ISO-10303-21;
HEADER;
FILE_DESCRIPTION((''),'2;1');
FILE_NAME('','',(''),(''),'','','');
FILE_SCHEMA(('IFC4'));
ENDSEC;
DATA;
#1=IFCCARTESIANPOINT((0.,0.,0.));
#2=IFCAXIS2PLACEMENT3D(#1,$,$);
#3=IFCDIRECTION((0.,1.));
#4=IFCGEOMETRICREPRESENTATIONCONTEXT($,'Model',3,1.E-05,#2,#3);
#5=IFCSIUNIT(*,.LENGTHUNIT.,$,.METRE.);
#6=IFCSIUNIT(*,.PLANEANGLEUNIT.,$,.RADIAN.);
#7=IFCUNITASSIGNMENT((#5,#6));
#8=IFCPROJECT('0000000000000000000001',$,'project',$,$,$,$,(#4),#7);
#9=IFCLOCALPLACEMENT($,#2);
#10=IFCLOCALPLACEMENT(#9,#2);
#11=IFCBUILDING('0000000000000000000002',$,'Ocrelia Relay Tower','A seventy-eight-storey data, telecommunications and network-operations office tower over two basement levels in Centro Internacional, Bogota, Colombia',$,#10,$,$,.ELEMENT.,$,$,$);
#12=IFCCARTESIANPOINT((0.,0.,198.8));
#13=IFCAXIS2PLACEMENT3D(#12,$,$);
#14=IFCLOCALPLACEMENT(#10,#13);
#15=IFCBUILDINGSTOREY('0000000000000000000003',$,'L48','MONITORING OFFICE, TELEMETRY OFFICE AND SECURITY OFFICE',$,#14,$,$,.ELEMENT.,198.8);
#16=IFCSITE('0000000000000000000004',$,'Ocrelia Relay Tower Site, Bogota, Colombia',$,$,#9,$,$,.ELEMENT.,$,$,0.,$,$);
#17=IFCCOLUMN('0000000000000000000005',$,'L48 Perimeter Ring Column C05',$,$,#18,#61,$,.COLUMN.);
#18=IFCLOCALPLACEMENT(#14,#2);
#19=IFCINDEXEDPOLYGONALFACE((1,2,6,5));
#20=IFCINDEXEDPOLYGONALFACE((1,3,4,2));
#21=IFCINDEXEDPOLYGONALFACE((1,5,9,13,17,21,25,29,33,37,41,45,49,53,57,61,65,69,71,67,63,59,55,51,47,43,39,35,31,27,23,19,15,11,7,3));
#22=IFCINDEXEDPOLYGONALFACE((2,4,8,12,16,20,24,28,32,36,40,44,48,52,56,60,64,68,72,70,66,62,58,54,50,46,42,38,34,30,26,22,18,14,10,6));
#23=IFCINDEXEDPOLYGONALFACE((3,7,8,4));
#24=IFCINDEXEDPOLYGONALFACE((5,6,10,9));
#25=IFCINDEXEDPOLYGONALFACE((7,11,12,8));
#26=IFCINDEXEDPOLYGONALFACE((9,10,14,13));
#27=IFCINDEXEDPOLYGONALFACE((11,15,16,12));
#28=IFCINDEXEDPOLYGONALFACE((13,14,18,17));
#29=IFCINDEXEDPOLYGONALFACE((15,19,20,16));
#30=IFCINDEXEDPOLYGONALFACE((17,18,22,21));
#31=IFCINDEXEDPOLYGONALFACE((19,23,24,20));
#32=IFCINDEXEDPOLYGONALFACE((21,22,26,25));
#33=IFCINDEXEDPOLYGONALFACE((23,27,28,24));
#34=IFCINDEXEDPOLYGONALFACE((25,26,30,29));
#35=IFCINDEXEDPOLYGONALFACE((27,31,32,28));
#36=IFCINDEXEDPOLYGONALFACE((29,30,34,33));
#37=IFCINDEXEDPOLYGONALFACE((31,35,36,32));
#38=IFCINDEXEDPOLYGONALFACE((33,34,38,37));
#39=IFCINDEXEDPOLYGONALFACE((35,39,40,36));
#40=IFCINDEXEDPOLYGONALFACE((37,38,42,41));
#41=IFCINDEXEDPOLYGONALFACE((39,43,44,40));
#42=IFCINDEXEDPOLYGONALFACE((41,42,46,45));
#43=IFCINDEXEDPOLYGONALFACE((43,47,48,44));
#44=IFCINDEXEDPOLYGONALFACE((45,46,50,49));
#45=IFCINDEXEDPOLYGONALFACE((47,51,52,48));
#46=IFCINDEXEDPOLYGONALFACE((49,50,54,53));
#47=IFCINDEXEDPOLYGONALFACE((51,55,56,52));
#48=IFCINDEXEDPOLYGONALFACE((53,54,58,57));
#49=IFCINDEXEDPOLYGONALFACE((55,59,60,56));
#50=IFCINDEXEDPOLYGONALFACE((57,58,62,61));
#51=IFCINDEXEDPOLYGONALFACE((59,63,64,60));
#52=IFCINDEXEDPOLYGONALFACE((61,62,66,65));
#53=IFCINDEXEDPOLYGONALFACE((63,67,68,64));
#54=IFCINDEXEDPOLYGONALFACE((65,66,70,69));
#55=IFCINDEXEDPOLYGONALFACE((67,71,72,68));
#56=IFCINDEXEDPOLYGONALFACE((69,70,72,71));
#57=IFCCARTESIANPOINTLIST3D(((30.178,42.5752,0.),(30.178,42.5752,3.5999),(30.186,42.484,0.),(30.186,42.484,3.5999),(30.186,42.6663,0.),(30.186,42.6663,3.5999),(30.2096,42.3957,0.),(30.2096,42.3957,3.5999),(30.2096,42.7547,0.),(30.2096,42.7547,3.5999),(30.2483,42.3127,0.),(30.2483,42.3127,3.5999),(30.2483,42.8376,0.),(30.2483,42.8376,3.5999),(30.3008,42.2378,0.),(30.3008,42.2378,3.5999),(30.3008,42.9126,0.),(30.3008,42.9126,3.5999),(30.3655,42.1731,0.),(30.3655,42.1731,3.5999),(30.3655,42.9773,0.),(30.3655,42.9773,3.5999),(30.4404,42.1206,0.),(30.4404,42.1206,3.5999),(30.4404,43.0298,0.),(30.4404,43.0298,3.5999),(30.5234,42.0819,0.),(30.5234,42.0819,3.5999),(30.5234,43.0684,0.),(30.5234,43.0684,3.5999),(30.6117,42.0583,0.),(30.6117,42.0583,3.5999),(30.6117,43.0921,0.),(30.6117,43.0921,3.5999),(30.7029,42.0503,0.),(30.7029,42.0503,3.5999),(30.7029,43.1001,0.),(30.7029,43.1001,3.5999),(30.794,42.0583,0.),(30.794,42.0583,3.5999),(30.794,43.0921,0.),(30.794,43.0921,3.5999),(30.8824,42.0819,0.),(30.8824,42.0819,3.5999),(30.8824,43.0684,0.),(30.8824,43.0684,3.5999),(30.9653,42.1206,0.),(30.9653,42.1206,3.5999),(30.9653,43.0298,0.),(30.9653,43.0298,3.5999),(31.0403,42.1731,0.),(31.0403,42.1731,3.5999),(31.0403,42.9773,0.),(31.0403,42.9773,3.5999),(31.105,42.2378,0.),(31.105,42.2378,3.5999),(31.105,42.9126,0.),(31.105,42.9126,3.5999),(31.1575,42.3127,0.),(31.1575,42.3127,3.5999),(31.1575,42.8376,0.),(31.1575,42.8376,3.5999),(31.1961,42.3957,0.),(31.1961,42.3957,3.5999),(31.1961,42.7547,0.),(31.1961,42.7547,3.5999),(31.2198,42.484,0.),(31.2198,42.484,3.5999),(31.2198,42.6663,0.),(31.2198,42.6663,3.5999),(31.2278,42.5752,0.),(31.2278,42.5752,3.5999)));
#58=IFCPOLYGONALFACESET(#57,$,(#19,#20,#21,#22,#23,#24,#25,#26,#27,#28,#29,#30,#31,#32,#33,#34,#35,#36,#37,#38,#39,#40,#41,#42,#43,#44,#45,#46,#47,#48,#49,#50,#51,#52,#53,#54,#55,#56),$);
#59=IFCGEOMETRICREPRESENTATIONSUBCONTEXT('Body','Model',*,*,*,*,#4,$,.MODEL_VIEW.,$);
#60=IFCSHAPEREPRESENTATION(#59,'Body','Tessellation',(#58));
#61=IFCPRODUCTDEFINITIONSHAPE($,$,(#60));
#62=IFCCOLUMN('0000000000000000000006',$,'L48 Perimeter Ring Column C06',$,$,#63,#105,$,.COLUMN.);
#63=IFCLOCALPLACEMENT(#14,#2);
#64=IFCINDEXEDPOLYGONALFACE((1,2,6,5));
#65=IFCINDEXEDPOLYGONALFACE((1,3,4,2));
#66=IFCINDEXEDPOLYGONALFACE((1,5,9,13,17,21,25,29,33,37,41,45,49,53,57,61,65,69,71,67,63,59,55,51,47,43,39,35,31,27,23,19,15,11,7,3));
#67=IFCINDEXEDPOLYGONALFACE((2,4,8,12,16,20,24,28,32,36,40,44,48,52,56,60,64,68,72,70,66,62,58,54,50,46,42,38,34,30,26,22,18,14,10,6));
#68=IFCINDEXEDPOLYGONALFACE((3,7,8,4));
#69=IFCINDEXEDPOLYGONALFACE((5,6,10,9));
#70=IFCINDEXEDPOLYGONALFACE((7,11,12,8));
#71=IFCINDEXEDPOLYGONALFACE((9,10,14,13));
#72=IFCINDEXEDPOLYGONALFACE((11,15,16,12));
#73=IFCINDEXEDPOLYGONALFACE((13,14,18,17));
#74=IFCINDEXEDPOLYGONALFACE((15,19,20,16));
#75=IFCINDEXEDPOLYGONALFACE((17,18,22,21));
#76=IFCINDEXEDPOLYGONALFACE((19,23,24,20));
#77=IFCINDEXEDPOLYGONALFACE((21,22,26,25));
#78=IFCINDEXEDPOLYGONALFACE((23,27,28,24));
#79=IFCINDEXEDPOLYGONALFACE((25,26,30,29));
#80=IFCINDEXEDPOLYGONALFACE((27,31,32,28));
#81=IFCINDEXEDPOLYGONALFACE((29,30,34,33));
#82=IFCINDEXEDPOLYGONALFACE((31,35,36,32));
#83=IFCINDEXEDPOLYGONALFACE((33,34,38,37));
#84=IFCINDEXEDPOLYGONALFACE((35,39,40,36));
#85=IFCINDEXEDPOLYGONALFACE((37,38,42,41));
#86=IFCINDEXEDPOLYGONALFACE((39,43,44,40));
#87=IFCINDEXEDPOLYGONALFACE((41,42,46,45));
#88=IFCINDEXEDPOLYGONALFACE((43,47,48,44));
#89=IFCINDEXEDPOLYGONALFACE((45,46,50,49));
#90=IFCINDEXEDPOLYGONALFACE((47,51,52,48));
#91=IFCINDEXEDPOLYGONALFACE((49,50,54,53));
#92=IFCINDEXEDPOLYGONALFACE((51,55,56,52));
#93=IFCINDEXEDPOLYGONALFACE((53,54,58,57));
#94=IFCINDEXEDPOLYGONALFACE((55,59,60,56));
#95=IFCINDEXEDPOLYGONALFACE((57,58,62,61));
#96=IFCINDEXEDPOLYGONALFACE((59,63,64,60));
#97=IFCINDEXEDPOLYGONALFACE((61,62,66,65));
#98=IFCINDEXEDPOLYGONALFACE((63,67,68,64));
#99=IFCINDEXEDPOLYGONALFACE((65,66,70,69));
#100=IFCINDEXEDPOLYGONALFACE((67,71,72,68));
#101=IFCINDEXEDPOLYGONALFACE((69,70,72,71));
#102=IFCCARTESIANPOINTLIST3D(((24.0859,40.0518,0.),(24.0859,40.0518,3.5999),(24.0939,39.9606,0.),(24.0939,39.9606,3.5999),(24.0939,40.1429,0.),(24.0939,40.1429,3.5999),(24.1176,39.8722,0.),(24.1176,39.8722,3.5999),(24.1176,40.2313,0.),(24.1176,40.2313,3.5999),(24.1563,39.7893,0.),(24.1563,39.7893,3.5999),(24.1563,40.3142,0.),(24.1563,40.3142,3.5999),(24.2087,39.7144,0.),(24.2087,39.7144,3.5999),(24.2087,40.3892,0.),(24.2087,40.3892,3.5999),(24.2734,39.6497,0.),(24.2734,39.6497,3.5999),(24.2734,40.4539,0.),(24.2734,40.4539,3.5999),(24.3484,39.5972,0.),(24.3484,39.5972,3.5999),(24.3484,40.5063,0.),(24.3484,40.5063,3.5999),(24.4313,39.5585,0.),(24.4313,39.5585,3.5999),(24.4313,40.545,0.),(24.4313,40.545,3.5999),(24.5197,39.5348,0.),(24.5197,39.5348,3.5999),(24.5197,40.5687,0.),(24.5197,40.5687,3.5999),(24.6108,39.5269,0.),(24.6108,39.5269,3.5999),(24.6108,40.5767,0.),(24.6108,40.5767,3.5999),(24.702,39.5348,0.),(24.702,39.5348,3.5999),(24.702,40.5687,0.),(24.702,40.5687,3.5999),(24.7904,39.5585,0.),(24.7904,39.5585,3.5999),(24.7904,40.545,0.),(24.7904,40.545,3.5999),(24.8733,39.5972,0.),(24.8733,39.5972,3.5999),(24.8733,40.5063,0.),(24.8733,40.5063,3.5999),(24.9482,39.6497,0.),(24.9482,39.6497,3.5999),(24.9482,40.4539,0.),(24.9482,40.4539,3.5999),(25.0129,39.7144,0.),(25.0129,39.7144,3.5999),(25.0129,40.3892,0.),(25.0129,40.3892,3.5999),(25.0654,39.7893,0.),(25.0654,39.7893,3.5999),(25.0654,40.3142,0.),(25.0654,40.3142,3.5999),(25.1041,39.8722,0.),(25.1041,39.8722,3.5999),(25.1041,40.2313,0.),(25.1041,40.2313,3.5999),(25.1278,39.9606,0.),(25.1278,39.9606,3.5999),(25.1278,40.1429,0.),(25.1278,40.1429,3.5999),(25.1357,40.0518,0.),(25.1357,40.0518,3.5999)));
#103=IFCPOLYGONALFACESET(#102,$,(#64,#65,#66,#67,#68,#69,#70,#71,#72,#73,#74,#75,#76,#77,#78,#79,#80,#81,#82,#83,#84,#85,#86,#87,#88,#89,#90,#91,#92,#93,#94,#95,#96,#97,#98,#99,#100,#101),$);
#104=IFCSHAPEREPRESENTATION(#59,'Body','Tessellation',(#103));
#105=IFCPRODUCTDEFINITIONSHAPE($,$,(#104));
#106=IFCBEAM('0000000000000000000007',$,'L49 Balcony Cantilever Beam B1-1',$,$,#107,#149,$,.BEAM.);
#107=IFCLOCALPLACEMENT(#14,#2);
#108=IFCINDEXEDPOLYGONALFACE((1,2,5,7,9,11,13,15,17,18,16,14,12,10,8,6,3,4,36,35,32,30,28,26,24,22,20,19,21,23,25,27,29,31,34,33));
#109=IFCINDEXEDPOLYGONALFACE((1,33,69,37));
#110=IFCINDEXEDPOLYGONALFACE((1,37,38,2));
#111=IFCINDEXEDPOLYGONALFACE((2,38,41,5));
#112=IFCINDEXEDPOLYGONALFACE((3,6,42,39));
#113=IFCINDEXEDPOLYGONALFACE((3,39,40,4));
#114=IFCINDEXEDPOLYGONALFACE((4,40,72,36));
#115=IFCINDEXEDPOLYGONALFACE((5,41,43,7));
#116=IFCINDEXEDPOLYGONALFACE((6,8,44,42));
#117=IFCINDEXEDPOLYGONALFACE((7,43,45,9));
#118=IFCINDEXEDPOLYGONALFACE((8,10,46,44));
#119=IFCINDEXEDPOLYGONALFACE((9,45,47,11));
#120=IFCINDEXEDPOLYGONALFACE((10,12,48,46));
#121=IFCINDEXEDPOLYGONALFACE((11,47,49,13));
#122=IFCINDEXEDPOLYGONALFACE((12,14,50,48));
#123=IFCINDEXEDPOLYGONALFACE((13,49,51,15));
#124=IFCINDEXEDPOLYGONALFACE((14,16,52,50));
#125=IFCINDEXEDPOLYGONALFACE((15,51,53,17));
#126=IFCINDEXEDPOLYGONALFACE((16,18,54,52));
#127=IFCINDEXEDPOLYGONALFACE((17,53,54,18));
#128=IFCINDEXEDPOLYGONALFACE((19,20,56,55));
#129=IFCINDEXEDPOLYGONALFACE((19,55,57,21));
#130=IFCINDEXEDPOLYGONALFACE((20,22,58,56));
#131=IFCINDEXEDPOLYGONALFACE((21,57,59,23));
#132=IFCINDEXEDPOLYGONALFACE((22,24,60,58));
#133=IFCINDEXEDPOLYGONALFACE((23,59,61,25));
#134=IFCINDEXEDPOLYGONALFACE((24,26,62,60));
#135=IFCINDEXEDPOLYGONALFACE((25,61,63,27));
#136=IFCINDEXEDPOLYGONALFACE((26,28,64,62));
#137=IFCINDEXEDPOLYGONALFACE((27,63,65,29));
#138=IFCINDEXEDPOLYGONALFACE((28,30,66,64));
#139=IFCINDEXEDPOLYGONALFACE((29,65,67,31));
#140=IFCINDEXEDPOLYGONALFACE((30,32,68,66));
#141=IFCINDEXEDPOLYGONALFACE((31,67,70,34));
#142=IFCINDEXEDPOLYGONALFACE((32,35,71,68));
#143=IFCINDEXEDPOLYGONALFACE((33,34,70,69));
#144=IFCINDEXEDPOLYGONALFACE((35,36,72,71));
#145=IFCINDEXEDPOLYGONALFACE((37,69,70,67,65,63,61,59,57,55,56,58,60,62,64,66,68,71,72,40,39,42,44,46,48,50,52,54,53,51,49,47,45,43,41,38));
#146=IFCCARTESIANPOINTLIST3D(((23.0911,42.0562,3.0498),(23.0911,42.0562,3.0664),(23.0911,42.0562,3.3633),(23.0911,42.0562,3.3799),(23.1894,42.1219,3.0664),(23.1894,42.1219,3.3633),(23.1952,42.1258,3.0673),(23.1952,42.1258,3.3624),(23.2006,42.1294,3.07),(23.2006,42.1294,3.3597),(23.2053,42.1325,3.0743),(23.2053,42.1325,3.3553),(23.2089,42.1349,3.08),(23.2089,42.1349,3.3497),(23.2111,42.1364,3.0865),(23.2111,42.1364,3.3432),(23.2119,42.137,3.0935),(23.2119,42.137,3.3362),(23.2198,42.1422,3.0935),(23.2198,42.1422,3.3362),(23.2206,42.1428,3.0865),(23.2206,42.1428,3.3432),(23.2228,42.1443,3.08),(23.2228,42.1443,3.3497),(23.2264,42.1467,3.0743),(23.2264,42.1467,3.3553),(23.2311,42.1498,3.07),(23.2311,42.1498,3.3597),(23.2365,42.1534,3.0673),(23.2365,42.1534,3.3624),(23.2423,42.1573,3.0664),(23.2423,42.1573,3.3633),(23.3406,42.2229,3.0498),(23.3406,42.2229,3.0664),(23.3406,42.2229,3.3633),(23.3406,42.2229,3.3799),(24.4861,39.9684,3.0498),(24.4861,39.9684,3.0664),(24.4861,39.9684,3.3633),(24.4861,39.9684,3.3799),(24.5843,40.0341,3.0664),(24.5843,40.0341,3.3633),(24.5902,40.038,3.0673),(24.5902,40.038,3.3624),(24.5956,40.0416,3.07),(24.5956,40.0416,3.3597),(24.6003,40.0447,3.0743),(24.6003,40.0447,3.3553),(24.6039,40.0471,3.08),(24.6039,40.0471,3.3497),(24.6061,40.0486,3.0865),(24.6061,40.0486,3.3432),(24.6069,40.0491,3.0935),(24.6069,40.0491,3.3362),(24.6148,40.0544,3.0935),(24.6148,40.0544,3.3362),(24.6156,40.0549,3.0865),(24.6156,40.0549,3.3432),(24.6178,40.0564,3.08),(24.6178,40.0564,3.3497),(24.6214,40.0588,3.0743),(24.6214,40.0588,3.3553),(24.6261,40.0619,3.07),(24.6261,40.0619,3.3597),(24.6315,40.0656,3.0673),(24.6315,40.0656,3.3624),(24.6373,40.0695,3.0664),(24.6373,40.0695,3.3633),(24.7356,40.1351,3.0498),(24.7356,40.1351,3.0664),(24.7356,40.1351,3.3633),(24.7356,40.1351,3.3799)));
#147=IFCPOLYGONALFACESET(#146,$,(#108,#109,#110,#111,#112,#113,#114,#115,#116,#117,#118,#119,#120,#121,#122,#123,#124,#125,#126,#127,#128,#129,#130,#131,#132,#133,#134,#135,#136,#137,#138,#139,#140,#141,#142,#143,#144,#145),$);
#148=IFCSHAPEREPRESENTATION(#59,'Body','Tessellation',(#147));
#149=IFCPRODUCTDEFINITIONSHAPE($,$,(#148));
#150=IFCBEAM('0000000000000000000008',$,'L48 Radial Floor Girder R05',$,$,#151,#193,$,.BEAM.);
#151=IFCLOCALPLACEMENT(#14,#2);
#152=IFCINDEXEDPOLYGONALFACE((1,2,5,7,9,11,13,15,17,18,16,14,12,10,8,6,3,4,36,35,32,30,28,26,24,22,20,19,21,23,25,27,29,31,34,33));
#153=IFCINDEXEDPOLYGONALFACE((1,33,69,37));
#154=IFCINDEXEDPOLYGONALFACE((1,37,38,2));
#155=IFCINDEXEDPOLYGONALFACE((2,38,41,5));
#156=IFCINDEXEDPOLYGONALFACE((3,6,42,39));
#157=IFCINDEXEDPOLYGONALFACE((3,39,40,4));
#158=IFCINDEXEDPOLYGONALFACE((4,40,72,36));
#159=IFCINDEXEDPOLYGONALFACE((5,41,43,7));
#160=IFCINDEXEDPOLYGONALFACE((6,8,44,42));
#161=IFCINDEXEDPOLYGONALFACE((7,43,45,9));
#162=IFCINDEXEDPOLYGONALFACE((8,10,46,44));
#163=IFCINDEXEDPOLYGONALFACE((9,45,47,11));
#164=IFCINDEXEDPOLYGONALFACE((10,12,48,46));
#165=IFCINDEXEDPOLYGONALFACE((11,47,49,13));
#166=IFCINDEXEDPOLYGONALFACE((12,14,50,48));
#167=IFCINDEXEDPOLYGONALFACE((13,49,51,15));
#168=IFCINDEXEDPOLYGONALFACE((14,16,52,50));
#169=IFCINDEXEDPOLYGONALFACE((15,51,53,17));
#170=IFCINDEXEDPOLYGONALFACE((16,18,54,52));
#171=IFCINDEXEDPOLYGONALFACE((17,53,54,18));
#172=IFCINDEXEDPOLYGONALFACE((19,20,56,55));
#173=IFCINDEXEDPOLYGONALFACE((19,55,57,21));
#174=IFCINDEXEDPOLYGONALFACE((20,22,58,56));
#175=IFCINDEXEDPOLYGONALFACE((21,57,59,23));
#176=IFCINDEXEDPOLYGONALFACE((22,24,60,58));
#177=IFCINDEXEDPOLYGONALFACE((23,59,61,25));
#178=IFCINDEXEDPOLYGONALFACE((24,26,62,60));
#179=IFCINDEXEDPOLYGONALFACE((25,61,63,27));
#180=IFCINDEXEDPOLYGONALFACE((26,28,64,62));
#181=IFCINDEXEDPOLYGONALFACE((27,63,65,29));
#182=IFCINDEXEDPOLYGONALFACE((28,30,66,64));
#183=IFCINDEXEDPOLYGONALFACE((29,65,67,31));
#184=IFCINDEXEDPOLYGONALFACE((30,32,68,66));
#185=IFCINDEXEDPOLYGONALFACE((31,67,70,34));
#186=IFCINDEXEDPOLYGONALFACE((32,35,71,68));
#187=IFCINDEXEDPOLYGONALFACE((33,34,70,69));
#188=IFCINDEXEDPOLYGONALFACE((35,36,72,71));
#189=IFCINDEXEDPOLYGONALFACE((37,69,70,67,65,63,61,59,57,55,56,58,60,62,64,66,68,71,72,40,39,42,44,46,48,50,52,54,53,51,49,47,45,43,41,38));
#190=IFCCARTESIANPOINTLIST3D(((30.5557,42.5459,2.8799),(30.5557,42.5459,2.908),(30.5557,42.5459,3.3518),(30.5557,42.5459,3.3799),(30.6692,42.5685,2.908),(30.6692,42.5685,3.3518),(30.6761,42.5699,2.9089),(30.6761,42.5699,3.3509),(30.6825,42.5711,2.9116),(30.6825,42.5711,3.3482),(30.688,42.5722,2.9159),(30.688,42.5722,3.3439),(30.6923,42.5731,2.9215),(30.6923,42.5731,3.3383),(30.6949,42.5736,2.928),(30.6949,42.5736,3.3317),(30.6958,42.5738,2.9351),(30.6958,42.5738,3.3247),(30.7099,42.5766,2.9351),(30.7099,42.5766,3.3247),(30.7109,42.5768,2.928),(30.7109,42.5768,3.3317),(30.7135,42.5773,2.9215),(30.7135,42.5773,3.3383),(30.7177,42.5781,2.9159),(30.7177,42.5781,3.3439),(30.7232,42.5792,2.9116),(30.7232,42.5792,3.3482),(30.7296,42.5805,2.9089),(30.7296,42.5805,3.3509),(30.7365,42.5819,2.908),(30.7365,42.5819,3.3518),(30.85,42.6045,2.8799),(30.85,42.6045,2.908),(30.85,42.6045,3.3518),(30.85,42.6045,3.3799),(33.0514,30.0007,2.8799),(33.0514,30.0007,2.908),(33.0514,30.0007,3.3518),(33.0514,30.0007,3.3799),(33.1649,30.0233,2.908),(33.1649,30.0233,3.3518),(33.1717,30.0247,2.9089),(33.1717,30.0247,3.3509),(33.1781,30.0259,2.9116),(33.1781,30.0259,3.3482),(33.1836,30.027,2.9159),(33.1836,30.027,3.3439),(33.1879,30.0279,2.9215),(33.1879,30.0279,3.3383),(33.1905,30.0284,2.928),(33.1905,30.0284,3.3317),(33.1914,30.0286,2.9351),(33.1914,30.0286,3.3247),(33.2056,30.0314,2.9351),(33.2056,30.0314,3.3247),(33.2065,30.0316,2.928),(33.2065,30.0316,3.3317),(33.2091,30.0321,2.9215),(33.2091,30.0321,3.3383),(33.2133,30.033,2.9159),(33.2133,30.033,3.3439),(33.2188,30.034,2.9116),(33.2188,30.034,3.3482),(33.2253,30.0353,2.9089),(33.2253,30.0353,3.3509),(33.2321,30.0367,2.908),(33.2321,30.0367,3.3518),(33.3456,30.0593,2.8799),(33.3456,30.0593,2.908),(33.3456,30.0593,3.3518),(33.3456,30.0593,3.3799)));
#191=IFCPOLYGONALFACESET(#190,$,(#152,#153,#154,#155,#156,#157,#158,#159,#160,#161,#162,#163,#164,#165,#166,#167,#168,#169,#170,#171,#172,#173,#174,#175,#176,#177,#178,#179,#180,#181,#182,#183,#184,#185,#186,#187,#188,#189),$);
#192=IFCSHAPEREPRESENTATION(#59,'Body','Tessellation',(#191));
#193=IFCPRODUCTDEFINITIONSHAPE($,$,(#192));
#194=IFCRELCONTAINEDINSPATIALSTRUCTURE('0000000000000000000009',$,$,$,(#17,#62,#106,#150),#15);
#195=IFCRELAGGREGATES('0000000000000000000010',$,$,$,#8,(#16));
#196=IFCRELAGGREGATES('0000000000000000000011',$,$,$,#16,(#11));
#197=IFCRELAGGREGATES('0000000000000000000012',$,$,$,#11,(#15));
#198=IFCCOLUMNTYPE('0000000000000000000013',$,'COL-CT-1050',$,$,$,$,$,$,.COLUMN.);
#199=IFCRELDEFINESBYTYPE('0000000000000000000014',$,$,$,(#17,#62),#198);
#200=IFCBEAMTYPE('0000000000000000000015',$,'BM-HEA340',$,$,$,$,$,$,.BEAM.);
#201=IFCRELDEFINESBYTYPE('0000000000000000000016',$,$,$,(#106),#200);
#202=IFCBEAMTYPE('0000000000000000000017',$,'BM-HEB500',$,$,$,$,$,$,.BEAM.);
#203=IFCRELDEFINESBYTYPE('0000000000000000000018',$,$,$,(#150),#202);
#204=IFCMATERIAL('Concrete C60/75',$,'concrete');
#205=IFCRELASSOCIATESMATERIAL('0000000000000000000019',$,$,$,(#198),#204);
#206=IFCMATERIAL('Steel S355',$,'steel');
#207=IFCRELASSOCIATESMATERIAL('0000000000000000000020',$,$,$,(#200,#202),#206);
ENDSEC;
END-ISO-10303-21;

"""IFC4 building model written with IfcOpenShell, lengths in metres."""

from ifc_helpers import new_model, si_unit, direction, frame, origin, origin_2d, place, context, subcontext, project, spatial, circle, i_section, extrude, material, material_profile, profile_set, type_object, element, save


model = new_model("IFC4")

# Units and contexts
model_context = context("Model", 3, precision=1e-05, world=origin(), true_north=direction((0.0, 1.0)))
body_context = subcontext(model_context, "Body", "Model", "MODEL_VIEW")
ifc_project = project(units=[si_unit("LENGTHUNIT", "METRE"), si_unit("PLANEANGLEUNIT", "RADIAN")], contexts=[model_context])

# Site, building, storey
site_placement = place(None, origin())
site = spatial("IfcSite", under=ifc_project, at=site_placement, Name="Ocrelia Relay Tower Site, Bogota, Colombia", CompositionType="ELEMENT", RefElevation=0.0)
building_placement = place(site_placement, origin())
building = spatial("IfcBuilding", under=site, at=building_placement, Name="Ocrelia Relay Tower", Description="A seventy-eight-storey data, telecommunications and network-operations office tower over two basement levels in Centro Internacional, Bogota, Colombia", CompositionType="ELEMENT")
storey_placement = place(building_placement, frame((0.0, 0.0, 198.8)))
storey = spatial("IfcBuildingStorey", under=building, at=storey_placement, Name="L48", Description="MONITORING OFFICE, TELEMETRY OFFICE AND SECURITY OFFICE", CompositionType="ELEMENT", Elevation=198.8)

# Columns
ifc_material_1 = material(Name="Concrete C60/75", Category="concrete")
ifc_material_profile_1 = material_profile(ifc_material_1, circle(Radius=0.5249, at=origin_2d()), Name="RC-CIR-1050")
ifc_profile_set_1 = profile_set([ifc_material_profile_1], Name="Concrete C60/75")
column_type = type_object("IfcColumnType", Name="COL-CT-1050", PredefinedType="COLUMN", material=ifc_profile_set_1)
for number, where, z_axis, x_axis, name in (
    (1, (30.7029, 42.5752, 0.0), (0.0, 0.0, 1.0), (1.0, 0.0, 0.0), "L48 Perimeter Ring Column C05"),
    (2, (24.6108, 40.0518, 0.0), (0.0, 0.0, 1.0), (1.0, 0.0, 0.0), "L48 Perimeter Ring Column C06"),
):
    element("IfcColumn", number, at=place(storey_placement, frame(where, z_axis=z_axis, x_axis=x_axis)), inside=storey, type_object=column_type, Name=name, PredefinedType="COLUMN", context=body_context, shape_type="SweptSolid", body=[
        extrude(circle(Radius=0.5249, at=origin_2d()), origin(), (0.0, 0.0, 1.0), 3.5999),
    ])

# Beams
ifc_material_2 = material(Name="Steel S355", Category="steel")
ifc_material_profile_2 = material_profile(ifc_material_2, i_section(OverallWidth=0.3, OverallDepth=0.3301, WebThickness=0.0095, FlangeThickness=0.0166, FilletRadius=0.0271, at=origin_2d()), Name="HEA 340")
ifc_profile_set_2 = profile_set([ifc_material_profile_2], Name="Steel S355")
beam_type_1 = type_object("IfcBeamType", Name="BM-HEA340", PredefinedType="BEAM", material=ifc_profile_set_2)
beam_1_placement = place(storey_placement, frame((24.6108, 40.0518, 3.2148), z_axis=(-0.555553, 0.831481, 0.0), x_axis=(-0.831481, -0.555553, 0.0)))
element("IfcBeam", 3, at=beam_1_placement, inside=storey, type_object=beam_type_1, Name="L49 Balcony Cantilever Beam B1-1", PredefinedType="BEAM", context=body_context, shape_type="SweptSolid", body=[
    extrude(i_section(OverallWidth=0.3, OverallDepth=0.3301, WebThickness=0.0095, FlangeThickness=0.0166, FilletRadius=0.0271, at=origin_2d()), origin(), (0.0, 0.0, 1.0), 2.511),
])
ifc_material_profile_3 = material_profile(ifc_material_2, i_section(OverallWidth=0.3, OverallDepth=0.5, WebThickness=0.0144, FlangeThickness=0.0281, FilletRadius=0.0271, at=origin_2d()), Name="HEB 500")
ifc_profile_set_3 = profile_set([ifc_material_profile_3], Name="Steel S355")
beam_type_2 = type_object("IfcBeamType", Name="BM-HEB500", PredefinedType="BEAM", material=ifc_profile_set_3)
beam_2_placement = place(storey_placement, frame((30.7029, 42.5752, 3.1299), z_axis=(0.195107, -0.980782, 0.0), x_axis=(0.980782, 0.195107, 0.0)))
element("IfcBeam", 4, at=beam_2_placement, inside=storey, type_object=beam_type_2, Name="L48 Radial Floor Girder R05", PredefinedType="BEAM", context=body_context, shape_type="SweptSolid", body=[
    extrude(i_section(OverallWidth=0.3, OverallDepth=0.5, WebThickness=0.0144, FlangeThickness=0.0281, FilletRadius=0.0271, at=origin_2d()), origin(), (0.0, 0.0, 1.0), 12.791),
])

save(model, "model.ifc")
